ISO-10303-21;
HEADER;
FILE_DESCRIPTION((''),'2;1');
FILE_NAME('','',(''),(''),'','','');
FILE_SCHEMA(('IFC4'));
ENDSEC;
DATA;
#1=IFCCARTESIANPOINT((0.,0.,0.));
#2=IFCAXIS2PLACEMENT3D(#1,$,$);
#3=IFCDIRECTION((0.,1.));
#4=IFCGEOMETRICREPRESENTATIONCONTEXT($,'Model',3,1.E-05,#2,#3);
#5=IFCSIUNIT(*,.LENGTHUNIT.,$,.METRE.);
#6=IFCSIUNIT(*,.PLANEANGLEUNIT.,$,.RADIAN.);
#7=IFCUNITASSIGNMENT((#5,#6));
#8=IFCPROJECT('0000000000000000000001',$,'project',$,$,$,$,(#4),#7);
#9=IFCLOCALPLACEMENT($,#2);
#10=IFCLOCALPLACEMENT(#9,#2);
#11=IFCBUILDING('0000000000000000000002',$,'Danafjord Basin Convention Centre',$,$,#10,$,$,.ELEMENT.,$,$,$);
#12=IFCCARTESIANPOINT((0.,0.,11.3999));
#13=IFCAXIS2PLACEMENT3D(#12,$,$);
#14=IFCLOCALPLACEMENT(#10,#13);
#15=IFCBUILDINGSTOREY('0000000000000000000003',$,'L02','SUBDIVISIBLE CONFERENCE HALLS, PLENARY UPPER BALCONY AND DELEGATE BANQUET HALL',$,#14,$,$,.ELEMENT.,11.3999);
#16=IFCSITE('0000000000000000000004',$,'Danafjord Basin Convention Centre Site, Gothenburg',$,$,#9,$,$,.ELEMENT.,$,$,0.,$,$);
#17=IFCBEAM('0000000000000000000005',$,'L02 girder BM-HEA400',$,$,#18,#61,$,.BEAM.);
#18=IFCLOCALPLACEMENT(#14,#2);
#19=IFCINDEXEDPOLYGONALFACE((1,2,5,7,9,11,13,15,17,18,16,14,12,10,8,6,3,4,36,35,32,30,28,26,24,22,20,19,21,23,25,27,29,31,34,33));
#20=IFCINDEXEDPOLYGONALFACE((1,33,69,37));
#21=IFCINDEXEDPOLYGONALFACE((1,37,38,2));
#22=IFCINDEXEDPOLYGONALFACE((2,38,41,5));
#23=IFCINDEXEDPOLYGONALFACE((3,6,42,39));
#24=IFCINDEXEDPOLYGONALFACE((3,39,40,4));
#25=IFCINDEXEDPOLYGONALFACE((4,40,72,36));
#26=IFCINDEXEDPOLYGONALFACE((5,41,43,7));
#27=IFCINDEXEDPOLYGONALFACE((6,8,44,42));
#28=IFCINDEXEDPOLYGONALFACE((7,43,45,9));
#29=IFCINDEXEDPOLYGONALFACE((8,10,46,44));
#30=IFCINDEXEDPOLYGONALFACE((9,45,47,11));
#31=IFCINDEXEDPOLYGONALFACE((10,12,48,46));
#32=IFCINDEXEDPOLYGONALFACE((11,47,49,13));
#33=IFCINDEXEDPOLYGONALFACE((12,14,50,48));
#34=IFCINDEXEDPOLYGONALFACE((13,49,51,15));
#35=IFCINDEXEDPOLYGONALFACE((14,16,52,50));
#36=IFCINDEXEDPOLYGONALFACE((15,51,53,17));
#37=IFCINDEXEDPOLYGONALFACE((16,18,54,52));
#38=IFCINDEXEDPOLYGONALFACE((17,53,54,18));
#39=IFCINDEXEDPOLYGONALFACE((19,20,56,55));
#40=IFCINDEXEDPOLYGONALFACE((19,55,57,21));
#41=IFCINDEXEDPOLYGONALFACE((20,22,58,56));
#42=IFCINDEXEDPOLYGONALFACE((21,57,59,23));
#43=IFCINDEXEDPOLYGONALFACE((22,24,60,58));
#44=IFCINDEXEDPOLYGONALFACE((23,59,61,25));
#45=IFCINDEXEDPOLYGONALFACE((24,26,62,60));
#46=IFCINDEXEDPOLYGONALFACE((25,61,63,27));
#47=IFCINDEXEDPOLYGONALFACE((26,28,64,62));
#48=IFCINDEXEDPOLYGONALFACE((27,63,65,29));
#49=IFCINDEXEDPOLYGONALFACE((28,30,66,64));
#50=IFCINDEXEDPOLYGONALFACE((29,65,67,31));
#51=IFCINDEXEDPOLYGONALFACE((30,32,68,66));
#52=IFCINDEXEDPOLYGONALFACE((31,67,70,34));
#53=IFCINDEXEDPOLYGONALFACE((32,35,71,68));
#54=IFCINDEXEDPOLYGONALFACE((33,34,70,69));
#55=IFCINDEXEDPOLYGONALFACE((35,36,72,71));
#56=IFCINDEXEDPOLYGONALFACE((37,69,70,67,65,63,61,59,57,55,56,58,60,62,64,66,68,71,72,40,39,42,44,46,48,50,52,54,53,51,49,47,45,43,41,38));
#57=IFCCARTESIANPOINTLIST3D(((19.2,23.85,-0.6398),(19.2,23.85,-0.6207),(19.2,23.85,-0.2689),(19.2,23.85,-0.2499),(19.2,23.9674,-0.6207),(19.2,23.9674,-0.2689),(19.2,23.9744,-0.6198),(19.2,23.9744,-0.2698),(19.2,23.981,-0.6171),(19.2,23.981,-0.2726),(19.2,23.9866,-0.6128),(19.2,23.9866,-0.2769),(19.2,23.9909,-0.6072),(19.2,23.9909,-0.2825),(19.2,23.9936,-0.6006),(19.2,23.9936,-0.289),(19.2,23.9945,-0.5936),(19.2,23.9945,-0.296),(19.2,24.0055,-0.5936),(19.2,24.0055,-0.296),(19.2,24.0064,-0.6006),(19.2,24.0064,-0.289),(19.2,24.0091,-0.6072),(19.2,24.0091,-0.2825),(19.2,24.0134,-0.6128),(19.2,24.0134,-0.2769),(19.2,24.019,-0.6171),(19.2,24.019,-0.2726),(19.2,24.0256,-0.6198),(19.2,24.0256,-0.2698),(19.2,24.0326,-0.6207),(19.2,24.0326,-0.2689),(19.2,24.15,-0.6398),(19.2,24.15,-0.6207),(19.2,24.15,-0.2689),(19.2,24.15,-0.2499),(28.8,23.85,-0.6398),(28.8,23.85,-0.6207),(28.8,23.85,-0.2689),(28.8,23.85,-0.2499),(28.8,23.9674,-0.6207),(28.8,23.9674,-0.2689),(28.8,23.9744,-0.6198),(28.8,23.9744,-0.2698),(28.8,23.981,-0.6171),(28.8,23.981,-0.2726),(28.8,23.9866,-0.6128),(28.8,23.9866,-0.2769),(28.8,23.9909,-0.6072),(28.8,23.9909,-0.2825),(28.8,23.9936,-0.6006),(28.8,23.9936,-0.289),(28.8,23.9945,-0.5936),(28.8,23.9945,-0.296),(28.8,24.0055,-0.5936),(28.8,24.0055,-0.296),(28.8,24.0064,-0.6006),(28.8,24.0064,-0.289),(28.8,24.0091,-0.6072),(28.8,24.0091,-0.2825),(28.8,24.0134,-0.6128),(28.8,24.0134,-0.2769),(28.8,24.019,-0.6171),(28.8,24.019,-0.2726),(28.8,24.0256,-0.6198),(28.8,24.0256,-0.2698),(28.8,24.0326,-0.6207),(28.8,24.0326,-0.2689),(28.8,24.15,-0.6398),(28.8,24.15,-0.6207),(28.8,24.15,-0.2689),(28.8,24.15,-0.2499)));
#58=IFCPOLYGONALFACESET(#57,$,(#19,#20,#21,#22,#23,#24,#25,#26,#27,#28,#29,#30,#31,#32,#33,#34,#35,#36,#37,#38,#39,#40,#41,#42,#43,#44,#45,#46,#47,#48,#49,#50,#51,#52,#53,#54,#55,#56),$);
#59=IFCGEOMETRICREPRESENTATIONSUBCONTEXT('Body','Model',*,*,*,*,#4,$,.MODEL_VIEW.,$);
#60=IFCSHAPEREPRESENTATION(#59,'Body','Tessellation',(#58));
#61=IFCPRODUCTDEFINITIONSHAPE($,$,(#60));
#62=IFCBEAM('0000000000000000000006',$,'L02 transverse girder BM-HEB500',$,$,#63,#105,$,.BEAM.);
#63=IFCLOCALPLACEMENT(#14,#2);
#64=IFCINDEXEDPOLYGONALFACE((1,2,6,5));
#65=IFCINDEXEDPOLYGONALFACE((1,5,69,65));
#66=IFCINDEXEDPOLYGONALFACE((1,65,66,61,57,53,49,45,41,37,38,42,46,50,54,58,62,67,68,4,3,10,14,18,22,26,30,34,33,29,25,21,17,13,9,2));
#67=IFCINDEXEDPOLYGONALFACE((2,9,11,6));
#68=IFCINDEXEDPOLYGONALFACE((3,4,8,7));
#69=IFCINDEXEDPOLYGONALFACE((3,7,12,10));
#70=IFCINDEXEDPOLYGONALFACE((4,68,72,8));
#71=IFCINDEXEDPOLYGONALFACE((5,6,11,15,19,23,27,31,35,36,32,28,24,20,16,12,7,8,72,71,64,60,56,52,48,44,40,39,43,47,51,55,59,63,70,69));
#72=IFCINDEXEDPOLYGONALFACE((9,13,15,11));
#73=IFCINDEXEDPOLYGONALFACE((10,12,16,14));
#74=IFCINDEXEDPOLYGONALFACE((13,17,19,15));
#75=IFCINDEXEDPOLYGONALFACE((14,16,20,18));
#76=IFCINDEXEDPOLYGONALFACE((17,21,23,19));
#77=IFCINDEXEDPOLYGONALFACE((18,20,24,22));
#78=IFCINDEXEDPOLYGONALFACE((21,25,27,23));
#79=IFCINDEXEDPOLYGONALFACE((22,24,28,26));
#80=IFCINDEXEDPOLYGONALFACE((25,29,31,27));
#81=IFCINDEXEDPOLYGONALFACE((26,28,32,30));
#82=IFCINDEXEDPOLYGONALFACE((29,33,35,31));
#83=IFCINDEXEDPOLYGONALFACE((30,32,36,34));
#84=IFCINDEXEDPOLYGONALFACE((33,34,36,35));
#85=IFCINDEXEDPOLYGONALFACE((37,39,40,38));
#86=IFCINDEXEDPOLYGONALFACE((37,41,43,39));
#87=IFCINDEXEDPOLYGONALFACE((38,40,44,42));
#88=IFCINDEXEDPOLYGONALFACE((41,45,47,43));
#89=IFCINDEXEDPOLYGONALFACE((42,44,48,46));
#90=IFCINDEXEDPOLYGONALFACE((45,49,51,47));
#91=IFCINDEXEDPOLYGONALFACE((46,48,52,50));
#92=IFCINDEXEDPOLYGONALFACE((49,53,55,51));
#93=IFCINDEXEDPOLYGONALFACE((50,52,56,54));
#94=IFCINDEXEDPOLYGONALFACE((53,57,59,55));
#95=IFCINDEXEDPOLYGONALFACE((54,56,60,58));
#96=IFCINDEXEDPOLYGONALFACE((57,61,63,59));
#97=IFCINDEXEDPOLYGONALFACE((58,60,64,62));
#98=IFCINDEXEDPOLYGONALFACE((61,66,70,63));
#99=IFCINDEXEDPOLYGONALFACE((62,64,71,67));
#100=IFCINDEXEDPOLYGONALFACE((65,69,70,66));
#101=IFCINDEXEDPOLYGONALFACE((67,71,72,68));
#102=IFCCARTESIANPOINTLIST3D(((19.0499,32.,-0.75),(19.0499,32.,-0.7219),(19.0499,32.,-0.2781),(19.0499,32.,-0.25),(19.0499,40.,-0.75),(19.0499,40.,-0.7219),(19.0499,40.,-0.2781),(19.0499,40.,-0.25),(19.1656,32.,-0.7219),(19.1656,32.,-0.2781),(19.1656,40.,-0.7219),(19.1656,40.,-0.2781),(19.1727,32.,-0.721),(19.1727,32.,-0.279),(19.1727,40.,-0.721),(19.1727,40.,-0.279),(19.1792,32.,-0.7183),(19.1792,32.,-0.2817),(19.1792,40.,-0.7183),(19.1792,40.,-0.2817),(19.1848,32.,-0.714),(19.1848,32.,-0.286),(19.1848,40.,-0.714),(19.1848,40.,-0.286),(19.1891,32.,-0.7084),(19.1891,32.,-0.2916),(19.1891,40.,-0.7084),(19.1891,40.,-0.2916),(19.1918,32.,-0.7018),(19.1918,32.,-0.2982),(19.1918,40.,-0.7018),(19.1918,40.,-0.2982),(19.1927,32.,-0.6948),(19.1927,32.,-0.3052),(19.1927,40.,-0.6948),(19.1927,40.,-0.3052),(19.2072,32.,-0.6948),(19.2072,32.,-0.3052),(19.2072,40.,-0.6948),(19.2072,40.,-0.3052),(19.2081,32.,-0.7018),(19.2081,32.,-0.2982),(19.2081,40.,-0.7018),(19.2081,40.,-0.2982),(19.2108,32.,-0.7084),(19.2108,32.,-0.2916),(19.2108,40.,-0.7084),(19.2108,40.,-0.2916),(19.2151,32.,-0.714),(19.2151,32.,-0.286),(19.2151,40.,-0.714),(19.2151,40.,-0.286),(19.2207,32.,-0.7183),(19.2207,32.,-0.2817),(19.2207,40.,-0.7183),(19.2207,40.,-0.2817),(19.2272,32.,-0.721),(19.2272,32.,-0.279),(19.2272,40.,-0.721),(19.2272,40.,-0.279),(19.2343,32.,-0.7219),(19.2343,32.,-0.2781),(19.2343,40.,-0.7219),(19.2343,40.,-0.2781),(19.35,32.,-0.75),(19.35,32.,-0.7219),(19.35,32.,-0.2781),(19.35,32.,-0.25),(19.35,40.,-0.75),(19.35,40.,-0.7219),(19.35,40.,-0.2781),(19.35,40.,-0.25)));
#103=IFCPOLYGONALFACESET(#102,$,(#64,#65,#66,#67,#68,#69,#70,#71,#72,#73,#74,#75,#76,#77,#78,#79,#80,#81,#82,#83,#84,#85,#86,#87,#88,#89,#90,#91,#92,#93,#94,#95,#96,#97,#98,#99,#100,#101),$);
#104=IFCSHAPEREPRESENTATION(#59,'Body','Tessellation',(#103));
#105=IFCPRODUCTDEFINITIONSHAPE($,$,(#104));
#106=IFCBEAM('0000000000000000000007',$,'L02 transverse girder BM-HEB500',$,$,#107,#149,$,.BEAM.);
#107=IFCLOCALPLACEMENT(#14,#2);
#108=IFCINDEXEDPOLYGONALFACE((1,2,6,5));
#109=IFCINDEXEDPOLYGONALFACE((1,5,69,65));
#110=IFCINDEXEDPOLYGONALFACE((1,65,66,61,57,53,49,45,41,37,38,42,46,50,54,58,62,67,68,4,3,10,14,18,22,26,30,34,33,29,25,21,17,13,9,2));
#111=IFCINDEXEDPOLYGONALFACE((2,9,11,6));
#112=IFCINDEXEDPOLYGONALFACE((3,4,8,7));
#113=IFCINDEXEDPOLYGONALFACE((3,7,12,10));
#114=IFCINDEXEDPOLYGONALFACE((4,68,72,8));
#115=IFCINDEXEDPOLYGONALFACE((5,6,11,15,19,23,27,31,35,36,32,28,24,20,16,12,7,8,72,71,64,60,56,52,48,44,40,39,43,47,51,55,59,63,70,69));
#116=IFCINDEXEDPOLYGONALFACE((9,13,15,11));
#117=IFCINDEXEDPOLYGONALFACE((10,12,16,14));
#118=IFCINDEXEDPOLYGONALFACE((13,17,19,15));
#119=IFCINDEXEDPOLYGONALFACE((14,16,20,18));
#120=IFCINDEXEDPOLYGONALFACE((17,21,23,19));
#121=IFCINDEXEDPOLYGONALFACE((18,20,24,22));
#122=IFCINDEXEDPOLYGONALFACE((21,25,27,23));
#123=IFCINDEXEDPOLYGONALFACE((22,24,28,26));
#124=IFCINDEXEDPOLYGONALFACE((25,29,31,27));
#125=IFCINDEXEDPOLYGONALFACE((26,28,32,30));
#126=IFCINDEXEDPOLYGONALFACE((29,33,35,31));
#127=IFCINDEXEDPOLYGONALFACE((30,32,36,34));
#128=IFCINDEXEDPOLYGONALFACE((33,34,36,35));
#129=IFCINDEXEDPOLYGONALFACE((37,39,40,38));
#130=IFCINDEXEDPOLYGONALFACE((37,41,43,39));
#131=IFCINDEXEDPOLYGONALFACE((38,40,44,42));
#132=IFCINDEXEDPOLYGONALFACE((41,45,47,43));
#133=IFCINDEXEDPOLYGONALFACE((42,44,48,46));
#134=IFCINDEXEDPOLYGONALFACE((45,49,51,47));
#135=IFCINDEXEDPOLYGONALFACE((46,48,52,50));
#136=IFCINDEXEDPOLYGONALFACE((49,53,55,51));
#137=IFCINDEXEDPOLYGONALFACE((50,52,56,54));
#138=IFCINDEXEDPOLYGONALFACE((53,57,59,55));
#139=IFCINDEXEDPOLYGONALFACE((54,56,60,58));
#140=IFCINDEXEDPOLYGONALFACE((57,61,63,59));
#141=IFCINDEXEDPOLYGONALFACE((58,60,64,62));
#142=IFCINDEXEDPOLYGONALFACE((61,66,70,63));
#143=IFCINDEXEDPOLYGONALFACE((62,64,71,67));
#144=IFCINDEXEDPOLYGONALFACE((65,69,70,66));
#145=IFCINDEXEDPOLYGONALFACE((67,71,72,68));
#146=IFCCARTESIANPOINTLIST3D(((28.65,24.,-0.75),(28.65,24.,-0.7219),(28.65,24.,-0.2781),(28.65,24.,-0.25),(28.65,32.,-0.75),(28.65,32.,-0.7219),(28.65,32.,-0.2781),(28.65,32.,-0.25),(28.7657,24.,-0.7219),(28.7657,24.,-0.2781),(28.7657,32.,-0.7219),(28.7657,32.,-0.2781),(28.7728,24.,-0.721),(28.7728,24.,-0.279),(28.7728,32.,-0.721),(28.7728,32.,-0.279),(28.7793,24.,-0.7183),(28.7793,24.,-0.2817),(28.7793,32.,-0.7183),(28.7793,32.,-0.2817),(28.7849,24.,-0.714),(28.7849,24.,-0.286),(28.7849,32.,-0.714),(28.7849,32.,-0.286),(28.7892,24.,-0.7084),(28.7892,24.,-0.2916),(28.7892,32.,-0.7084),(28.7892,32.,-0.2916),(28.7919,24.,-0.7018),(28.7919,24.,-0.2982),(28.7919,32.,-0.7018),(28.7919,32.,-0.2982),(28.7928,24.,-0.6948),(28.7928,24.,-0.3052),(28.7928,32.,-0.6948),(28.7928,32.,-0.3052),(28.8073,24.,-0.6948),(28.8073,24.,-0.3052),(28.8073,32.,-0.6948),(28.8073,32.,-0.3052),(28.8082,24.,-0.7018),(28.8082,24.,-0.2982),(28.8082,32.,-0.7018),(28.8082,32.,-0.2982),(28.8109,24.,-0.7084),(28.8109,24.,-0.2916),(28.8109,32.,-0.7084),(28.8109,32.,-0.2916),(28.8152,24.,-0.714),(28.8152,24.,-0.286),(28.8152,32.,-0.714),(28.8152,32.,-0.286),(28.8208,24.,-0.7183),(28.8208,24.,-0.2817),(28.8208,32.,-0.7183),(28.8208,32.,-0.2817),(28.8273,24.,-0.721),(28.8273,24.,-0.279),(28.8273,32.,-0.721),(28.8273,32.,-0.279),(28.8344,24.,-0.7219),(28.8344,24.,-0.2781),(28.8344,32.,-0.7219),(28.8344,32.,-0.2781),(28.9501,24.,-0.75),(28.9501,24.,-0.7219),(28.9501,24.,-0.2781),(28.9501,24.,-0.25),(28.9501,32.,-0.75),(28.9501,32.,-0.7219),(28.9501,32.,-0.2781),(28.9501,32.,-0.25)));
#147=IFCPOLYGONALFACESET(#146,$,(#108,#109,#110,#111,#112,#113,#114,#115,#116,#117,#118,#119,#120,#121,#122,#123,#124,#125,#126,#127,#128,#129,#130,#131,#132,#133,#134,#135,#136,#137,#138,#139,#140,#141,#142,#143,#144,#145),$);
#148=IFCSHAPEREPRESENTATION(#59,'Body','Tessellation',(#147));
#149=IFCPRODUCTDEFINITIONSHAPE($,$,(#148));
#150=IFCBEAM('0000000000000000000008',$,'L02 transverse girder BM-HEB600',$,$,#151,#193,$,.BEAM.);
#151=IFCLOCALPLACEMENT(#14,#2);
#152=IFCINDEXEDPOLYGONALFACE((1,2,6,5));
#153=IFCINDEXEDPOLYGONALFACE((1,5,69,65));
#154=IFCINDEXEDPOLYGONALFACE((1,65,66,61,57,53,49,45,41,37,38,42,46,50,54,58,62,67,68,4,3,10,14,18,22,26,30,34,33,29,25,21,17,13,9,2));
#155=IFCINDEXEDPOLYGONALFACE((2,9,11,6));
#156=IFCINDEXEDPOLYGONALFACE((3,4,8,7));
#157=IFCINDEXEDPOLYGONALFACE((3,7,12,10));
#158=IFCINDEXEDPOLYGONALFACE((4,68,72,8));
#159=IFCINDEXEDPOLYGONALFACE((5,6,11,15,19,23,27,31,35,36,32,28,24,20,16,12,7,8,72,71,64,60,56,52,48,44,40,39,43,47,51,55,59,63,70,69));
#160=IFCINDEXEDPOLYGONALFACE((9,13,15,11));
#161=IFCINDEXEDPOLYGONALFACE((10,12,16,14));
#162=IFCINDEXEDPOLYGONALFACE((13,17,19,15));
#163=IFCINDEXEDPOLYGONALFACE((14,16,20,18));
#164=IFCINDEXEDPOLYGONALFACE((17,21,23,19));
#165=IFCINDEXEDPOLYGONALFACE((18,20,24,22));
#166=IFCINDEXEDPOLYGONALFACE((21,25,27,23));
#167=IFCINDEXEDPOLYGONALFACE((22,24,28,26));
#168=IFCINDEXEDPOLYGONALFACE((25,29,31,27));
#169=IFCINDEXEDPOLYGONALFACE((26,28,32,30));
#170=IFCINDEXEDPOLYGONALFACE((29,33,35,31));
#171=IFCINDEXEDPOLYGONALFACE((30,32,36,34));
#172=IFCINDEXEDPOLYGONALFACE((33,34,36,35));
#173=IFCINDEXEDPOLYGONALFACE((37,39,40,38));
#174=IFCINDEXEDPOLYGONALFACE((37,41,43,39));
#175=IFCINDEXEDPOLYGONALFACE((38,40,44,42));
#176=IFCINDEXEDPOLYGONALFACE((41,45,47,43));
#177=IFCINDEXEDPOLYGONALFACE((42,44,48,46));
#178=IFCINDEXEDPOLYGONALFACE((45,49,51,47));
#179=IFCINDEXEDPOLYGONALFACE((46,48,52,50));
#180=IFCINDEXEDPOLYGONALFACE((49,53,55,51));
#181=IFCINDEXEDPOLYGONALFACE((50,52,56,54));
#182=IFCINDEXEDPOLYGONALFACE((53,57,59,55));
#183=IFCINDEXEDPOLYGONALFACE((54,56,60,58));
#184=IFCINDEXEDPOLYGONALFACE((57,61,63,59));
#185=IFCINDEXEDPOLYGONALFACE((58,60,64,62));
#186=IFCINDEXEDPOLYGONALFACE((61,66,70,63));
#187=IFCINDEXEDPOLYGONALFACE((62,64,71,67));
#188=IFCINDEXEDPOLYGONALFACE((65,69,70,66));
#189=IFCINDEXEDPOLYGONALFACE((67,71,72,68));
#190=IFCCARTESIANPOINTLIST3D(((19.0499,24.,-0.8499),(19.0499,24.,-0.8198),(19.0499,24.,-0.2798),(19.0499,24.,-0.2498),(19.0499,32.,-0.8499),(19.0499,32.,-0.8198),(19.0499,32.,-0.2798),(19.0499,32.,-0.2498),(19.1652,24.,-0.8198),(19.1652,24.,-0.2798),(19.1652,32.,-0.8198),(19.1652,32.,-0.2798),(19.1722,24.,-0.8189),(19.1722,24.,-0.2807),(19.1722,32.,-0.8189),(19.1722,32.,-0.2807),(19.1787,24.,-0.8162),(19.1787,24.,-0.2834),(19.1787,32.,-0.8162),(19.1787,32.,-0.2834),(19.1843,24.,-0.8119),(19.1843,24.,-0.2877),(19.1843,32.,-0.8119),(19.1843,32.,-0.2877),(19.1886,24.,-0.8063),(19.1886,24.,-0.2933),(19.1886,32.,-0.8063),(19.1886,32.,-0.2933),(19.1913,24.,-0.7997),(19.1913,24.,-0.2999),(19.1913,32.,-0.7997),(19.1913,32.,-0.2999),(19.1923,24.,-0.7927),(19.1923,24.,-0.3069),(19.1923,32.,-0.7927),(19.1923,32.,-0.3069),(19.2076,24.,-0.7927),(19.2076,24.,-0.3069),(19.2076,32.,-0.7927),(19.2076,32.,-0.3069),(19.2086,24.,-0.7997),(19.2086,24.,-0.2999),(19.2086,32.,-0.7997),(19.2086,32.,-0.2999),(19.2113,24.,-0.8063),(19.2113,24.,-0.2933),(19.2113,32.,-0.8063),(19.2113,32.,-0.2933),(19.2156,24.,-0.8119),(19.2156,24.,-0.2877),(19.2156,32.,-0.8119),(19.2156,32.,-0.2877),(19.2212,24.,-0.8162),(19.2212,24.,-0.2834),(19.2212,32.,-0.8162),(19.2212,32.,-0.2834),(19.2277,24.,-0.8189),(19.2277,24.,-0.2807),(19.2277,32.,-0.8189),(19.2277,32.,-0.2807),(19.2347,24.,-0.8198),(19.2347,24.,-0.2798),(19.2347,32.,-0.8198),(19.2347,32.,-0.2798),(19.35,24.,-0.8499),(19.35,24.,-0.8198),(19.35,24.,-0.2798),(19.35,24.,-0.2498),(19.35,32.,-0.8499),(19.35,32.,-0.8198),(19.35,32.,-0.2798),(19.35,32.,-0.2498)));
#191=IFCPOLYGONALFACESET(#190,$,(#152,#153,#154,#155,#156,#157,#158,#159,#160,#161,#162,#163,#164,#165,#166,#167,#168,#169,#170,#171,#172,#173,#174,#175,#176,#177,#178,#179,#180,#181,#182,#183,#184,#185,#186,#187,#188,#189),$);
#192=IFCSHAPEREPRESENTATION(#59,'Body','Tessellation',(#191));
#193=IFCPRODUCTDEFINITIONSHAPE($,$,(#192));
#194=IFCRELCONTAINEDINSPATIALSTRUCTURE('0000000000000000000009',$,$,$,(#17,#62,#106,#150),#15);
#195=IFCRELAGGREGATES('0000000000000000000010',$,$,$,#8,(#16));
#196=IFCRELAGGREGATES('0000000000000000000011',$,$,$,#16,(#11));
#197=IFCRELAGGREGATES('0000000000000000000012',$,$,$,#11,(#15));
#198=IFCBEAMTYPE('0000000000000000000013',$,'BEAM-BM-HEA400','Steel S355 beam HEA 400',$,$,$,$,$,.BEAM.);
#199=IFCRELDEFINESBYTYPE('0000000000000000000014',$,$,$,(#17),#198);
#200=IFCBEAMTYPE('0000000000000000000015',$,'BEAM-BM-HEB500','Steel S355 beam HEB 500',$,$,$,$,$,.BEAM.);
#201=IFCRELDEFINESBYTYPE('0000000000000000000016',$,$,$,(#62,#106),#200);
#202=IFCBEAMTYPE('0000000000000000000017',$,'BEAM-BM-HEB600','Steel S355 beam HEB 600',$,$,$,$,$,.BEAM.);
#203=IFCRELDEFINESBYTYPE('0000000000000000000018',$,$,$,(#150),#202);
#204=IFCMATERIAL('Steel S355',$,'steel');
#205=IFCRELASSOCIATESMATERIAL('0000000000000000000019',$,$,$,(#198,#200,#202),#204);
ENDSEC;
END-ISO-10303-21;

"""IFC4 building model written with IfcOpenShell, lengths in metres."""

from ifc_helpers import new_model, si_unit, direction, frame, origin, origin_2d, place, context, subcontext, project, spatial, i_section, extrude, material, material_profile, profile_set, type_object, element, save


model = new_model("IFC4")

# Units and contexts
model_context = context("Model", 3, precision=1e-05, world=origin(), true_north=direction((0.0, 1.0)))
body_context = subcontext(model_context, "Body", "Model", "MODEL_VIEW")
ifc_project = project(units=[si_unit("LENGTHUNIT", "METRE"), si_unit("PLANEANGLEUNIT", "RADIAN")], contexts=[model_context])

# Site, building, storey
site_placement = place(None, origin())
site = spatial("IfcSite", under=ifc_project, at=site_placement, Name="Danafjord Basin Convention Centre Site, Gothenburg", CompositionType="ELEMENT", RefElevation=0.0)
building_placement = place(site_placement, origin())
building = spatial("IfcBuilding", under=site, at=building_placement, Name="Danafjord Basin Convention Centre", CompositionType="ELEMENT")
storey_placement = place(building_placement, frame((0.0, 0.0, 11.3999)))
storey = spatial("IfcBuildingStorey", under=building, at=storey_placement, Name="L02", Description="SUBDIVISIBLE CONFERENCE HALLS, PLENARY UPPER BALCONY AND DELEGATE BANQUET HALL", CompositionType="ELEMENT", Elevation=11.3999)

# Shared definitions
ifc_material_1 = material(Name="Steel S355", Category="steel")

# Beams
ifc_material_profile_1 = material_profile(ifc_material_1, i_section(OverallWidth=0.3, OverallDepth=0.3899, WebThickness=0.011, FlangeThickness=0.019, FilletRadius=0.0271, at=origin_2d()), Name="HEA 400")
ifc_profile_set_1 = profile_set([ifc_material_profile_1], Name="Steel S355")
beam_type_1 = type_object("IfcBeamType", Name="BEAM-BM-HEA400", Description="Steel S355 beam HEA 400", PredefinedType="BEAM", material=ifc_profile_set_1)
beam_1_placement = place(storey_placement, frame((19.2, 24.0, -0.4448), z_axis=(1.0, 0.0, 0.0), x_axis=(0.0, 1.0, 0.0)))
element("IfcBeam", 1, at=beam_1_placement, inside=storey, type_object=beam_type_1, Name="L02 girder BM-HEA400", PredefinedType="BEAM", context=body_context, shape_type="SweptSolid", body=[
    extrude(i_section(OverallWidth=0.3, OverallDepth=0.3899, WebThickness=0.011, FlangeThickness=0.019, FilletRadius=0.0271, at=origin_2d()), origin(), (0.0, 0.0, 1.0), 9.6001),
])
ifc_material_profile_2 = material_profile(ifc_material_1, i_section(OverallWidth=0.3, OverallDepth=0.5, WebThickness=0.0144, FlangeThickness=0.0281, FilletRadius=0.0271, at=origin_2d()), Name="HEB 500")
ifc_profile_set_2 = profile_set([ifc_material_profile_2], Name="Steel S355")
beam_type_2 = type_object("IfcBeamType", Name="BEAM-BM-HEB500", Description="Steel S355 beam HEB 500", PredefinedType="BEAM", material=ifc_profile_set_2)
for number, where, z_axis, x_axis, name in (
    (2, (19.2, 32.0, -0.5), (0.0, 1.0, 0.0), (-1.0, 0.0, 0.0), "L02 transverse girder BM-HEB500"),
    (3, (28.8, 24.0, -0.5), (0.0, 1.0, 0.0), (-1.0, 0.0, 0.0), "L02 transverse girder BM-HEB500"),
):
    element("IfcBeam", number, at=place(storey_placement, frame(where, z_axis=z_axis, x_axis=x_axis)), inside=storey, type_object=beam_type_2, Name=name, PredefinedType="BEAM", context=body_context, shape_type="SweptSolid", body=[
        extrude(i_section(OverallWidth=0.3, OverallDepth=0.5, WebThickness=0.0144, FlangeThickness=0.0281, FilletRadius=0.0271, at=origin_2d()), origin(), (0.0, 0.0, 1.0), 8.0),
    ])
ifc_material_profile_3 = material_profile(ifc_material_1, i_section(OverallWidth=0.3, OverallDepth=0.6001, WebThickness=0.0154, FlangeThickness=0.03, FilletRadius=0.0271, at=origin_2d()), Name="HEB 600")
ifc_profile_set_3 = profile_set([ifc_material_profile_3], Name="Steel S355")
beam_type_3 = type_object("IfcBeamType", Name="BEAM-BM-HEB600", Description="Steel S355 beam HEB 600", PredefinedType="BEAM", material=ifc_profile_set_3)
beam_2_placement = place(storey_placement, frame((19.2, 24.0, -0.5498), z_axis=(0.0, 1.0, 0.0), x_axis=(-1.0, 0.0, 0.0)))
element("IfcBeam", 4, at=beam_2_placement, inside=storey, type_object=beam_type_3, Name="L02 transverse girder BM-HEB600", PredefinedType="BEAM", context=body_context, shape_type="SweptSolid", body=[
    extrude(i_section(OverallWidth=0.3, OverallDepth=0.6001, WebThickness=0.0154, FlangeThickness=0.03, FilletRadius=0.0271, at=origin_2d()), origin(), (0.0, 0.0, 1.0), 8.0),
])

save(model, "model.ifc")
